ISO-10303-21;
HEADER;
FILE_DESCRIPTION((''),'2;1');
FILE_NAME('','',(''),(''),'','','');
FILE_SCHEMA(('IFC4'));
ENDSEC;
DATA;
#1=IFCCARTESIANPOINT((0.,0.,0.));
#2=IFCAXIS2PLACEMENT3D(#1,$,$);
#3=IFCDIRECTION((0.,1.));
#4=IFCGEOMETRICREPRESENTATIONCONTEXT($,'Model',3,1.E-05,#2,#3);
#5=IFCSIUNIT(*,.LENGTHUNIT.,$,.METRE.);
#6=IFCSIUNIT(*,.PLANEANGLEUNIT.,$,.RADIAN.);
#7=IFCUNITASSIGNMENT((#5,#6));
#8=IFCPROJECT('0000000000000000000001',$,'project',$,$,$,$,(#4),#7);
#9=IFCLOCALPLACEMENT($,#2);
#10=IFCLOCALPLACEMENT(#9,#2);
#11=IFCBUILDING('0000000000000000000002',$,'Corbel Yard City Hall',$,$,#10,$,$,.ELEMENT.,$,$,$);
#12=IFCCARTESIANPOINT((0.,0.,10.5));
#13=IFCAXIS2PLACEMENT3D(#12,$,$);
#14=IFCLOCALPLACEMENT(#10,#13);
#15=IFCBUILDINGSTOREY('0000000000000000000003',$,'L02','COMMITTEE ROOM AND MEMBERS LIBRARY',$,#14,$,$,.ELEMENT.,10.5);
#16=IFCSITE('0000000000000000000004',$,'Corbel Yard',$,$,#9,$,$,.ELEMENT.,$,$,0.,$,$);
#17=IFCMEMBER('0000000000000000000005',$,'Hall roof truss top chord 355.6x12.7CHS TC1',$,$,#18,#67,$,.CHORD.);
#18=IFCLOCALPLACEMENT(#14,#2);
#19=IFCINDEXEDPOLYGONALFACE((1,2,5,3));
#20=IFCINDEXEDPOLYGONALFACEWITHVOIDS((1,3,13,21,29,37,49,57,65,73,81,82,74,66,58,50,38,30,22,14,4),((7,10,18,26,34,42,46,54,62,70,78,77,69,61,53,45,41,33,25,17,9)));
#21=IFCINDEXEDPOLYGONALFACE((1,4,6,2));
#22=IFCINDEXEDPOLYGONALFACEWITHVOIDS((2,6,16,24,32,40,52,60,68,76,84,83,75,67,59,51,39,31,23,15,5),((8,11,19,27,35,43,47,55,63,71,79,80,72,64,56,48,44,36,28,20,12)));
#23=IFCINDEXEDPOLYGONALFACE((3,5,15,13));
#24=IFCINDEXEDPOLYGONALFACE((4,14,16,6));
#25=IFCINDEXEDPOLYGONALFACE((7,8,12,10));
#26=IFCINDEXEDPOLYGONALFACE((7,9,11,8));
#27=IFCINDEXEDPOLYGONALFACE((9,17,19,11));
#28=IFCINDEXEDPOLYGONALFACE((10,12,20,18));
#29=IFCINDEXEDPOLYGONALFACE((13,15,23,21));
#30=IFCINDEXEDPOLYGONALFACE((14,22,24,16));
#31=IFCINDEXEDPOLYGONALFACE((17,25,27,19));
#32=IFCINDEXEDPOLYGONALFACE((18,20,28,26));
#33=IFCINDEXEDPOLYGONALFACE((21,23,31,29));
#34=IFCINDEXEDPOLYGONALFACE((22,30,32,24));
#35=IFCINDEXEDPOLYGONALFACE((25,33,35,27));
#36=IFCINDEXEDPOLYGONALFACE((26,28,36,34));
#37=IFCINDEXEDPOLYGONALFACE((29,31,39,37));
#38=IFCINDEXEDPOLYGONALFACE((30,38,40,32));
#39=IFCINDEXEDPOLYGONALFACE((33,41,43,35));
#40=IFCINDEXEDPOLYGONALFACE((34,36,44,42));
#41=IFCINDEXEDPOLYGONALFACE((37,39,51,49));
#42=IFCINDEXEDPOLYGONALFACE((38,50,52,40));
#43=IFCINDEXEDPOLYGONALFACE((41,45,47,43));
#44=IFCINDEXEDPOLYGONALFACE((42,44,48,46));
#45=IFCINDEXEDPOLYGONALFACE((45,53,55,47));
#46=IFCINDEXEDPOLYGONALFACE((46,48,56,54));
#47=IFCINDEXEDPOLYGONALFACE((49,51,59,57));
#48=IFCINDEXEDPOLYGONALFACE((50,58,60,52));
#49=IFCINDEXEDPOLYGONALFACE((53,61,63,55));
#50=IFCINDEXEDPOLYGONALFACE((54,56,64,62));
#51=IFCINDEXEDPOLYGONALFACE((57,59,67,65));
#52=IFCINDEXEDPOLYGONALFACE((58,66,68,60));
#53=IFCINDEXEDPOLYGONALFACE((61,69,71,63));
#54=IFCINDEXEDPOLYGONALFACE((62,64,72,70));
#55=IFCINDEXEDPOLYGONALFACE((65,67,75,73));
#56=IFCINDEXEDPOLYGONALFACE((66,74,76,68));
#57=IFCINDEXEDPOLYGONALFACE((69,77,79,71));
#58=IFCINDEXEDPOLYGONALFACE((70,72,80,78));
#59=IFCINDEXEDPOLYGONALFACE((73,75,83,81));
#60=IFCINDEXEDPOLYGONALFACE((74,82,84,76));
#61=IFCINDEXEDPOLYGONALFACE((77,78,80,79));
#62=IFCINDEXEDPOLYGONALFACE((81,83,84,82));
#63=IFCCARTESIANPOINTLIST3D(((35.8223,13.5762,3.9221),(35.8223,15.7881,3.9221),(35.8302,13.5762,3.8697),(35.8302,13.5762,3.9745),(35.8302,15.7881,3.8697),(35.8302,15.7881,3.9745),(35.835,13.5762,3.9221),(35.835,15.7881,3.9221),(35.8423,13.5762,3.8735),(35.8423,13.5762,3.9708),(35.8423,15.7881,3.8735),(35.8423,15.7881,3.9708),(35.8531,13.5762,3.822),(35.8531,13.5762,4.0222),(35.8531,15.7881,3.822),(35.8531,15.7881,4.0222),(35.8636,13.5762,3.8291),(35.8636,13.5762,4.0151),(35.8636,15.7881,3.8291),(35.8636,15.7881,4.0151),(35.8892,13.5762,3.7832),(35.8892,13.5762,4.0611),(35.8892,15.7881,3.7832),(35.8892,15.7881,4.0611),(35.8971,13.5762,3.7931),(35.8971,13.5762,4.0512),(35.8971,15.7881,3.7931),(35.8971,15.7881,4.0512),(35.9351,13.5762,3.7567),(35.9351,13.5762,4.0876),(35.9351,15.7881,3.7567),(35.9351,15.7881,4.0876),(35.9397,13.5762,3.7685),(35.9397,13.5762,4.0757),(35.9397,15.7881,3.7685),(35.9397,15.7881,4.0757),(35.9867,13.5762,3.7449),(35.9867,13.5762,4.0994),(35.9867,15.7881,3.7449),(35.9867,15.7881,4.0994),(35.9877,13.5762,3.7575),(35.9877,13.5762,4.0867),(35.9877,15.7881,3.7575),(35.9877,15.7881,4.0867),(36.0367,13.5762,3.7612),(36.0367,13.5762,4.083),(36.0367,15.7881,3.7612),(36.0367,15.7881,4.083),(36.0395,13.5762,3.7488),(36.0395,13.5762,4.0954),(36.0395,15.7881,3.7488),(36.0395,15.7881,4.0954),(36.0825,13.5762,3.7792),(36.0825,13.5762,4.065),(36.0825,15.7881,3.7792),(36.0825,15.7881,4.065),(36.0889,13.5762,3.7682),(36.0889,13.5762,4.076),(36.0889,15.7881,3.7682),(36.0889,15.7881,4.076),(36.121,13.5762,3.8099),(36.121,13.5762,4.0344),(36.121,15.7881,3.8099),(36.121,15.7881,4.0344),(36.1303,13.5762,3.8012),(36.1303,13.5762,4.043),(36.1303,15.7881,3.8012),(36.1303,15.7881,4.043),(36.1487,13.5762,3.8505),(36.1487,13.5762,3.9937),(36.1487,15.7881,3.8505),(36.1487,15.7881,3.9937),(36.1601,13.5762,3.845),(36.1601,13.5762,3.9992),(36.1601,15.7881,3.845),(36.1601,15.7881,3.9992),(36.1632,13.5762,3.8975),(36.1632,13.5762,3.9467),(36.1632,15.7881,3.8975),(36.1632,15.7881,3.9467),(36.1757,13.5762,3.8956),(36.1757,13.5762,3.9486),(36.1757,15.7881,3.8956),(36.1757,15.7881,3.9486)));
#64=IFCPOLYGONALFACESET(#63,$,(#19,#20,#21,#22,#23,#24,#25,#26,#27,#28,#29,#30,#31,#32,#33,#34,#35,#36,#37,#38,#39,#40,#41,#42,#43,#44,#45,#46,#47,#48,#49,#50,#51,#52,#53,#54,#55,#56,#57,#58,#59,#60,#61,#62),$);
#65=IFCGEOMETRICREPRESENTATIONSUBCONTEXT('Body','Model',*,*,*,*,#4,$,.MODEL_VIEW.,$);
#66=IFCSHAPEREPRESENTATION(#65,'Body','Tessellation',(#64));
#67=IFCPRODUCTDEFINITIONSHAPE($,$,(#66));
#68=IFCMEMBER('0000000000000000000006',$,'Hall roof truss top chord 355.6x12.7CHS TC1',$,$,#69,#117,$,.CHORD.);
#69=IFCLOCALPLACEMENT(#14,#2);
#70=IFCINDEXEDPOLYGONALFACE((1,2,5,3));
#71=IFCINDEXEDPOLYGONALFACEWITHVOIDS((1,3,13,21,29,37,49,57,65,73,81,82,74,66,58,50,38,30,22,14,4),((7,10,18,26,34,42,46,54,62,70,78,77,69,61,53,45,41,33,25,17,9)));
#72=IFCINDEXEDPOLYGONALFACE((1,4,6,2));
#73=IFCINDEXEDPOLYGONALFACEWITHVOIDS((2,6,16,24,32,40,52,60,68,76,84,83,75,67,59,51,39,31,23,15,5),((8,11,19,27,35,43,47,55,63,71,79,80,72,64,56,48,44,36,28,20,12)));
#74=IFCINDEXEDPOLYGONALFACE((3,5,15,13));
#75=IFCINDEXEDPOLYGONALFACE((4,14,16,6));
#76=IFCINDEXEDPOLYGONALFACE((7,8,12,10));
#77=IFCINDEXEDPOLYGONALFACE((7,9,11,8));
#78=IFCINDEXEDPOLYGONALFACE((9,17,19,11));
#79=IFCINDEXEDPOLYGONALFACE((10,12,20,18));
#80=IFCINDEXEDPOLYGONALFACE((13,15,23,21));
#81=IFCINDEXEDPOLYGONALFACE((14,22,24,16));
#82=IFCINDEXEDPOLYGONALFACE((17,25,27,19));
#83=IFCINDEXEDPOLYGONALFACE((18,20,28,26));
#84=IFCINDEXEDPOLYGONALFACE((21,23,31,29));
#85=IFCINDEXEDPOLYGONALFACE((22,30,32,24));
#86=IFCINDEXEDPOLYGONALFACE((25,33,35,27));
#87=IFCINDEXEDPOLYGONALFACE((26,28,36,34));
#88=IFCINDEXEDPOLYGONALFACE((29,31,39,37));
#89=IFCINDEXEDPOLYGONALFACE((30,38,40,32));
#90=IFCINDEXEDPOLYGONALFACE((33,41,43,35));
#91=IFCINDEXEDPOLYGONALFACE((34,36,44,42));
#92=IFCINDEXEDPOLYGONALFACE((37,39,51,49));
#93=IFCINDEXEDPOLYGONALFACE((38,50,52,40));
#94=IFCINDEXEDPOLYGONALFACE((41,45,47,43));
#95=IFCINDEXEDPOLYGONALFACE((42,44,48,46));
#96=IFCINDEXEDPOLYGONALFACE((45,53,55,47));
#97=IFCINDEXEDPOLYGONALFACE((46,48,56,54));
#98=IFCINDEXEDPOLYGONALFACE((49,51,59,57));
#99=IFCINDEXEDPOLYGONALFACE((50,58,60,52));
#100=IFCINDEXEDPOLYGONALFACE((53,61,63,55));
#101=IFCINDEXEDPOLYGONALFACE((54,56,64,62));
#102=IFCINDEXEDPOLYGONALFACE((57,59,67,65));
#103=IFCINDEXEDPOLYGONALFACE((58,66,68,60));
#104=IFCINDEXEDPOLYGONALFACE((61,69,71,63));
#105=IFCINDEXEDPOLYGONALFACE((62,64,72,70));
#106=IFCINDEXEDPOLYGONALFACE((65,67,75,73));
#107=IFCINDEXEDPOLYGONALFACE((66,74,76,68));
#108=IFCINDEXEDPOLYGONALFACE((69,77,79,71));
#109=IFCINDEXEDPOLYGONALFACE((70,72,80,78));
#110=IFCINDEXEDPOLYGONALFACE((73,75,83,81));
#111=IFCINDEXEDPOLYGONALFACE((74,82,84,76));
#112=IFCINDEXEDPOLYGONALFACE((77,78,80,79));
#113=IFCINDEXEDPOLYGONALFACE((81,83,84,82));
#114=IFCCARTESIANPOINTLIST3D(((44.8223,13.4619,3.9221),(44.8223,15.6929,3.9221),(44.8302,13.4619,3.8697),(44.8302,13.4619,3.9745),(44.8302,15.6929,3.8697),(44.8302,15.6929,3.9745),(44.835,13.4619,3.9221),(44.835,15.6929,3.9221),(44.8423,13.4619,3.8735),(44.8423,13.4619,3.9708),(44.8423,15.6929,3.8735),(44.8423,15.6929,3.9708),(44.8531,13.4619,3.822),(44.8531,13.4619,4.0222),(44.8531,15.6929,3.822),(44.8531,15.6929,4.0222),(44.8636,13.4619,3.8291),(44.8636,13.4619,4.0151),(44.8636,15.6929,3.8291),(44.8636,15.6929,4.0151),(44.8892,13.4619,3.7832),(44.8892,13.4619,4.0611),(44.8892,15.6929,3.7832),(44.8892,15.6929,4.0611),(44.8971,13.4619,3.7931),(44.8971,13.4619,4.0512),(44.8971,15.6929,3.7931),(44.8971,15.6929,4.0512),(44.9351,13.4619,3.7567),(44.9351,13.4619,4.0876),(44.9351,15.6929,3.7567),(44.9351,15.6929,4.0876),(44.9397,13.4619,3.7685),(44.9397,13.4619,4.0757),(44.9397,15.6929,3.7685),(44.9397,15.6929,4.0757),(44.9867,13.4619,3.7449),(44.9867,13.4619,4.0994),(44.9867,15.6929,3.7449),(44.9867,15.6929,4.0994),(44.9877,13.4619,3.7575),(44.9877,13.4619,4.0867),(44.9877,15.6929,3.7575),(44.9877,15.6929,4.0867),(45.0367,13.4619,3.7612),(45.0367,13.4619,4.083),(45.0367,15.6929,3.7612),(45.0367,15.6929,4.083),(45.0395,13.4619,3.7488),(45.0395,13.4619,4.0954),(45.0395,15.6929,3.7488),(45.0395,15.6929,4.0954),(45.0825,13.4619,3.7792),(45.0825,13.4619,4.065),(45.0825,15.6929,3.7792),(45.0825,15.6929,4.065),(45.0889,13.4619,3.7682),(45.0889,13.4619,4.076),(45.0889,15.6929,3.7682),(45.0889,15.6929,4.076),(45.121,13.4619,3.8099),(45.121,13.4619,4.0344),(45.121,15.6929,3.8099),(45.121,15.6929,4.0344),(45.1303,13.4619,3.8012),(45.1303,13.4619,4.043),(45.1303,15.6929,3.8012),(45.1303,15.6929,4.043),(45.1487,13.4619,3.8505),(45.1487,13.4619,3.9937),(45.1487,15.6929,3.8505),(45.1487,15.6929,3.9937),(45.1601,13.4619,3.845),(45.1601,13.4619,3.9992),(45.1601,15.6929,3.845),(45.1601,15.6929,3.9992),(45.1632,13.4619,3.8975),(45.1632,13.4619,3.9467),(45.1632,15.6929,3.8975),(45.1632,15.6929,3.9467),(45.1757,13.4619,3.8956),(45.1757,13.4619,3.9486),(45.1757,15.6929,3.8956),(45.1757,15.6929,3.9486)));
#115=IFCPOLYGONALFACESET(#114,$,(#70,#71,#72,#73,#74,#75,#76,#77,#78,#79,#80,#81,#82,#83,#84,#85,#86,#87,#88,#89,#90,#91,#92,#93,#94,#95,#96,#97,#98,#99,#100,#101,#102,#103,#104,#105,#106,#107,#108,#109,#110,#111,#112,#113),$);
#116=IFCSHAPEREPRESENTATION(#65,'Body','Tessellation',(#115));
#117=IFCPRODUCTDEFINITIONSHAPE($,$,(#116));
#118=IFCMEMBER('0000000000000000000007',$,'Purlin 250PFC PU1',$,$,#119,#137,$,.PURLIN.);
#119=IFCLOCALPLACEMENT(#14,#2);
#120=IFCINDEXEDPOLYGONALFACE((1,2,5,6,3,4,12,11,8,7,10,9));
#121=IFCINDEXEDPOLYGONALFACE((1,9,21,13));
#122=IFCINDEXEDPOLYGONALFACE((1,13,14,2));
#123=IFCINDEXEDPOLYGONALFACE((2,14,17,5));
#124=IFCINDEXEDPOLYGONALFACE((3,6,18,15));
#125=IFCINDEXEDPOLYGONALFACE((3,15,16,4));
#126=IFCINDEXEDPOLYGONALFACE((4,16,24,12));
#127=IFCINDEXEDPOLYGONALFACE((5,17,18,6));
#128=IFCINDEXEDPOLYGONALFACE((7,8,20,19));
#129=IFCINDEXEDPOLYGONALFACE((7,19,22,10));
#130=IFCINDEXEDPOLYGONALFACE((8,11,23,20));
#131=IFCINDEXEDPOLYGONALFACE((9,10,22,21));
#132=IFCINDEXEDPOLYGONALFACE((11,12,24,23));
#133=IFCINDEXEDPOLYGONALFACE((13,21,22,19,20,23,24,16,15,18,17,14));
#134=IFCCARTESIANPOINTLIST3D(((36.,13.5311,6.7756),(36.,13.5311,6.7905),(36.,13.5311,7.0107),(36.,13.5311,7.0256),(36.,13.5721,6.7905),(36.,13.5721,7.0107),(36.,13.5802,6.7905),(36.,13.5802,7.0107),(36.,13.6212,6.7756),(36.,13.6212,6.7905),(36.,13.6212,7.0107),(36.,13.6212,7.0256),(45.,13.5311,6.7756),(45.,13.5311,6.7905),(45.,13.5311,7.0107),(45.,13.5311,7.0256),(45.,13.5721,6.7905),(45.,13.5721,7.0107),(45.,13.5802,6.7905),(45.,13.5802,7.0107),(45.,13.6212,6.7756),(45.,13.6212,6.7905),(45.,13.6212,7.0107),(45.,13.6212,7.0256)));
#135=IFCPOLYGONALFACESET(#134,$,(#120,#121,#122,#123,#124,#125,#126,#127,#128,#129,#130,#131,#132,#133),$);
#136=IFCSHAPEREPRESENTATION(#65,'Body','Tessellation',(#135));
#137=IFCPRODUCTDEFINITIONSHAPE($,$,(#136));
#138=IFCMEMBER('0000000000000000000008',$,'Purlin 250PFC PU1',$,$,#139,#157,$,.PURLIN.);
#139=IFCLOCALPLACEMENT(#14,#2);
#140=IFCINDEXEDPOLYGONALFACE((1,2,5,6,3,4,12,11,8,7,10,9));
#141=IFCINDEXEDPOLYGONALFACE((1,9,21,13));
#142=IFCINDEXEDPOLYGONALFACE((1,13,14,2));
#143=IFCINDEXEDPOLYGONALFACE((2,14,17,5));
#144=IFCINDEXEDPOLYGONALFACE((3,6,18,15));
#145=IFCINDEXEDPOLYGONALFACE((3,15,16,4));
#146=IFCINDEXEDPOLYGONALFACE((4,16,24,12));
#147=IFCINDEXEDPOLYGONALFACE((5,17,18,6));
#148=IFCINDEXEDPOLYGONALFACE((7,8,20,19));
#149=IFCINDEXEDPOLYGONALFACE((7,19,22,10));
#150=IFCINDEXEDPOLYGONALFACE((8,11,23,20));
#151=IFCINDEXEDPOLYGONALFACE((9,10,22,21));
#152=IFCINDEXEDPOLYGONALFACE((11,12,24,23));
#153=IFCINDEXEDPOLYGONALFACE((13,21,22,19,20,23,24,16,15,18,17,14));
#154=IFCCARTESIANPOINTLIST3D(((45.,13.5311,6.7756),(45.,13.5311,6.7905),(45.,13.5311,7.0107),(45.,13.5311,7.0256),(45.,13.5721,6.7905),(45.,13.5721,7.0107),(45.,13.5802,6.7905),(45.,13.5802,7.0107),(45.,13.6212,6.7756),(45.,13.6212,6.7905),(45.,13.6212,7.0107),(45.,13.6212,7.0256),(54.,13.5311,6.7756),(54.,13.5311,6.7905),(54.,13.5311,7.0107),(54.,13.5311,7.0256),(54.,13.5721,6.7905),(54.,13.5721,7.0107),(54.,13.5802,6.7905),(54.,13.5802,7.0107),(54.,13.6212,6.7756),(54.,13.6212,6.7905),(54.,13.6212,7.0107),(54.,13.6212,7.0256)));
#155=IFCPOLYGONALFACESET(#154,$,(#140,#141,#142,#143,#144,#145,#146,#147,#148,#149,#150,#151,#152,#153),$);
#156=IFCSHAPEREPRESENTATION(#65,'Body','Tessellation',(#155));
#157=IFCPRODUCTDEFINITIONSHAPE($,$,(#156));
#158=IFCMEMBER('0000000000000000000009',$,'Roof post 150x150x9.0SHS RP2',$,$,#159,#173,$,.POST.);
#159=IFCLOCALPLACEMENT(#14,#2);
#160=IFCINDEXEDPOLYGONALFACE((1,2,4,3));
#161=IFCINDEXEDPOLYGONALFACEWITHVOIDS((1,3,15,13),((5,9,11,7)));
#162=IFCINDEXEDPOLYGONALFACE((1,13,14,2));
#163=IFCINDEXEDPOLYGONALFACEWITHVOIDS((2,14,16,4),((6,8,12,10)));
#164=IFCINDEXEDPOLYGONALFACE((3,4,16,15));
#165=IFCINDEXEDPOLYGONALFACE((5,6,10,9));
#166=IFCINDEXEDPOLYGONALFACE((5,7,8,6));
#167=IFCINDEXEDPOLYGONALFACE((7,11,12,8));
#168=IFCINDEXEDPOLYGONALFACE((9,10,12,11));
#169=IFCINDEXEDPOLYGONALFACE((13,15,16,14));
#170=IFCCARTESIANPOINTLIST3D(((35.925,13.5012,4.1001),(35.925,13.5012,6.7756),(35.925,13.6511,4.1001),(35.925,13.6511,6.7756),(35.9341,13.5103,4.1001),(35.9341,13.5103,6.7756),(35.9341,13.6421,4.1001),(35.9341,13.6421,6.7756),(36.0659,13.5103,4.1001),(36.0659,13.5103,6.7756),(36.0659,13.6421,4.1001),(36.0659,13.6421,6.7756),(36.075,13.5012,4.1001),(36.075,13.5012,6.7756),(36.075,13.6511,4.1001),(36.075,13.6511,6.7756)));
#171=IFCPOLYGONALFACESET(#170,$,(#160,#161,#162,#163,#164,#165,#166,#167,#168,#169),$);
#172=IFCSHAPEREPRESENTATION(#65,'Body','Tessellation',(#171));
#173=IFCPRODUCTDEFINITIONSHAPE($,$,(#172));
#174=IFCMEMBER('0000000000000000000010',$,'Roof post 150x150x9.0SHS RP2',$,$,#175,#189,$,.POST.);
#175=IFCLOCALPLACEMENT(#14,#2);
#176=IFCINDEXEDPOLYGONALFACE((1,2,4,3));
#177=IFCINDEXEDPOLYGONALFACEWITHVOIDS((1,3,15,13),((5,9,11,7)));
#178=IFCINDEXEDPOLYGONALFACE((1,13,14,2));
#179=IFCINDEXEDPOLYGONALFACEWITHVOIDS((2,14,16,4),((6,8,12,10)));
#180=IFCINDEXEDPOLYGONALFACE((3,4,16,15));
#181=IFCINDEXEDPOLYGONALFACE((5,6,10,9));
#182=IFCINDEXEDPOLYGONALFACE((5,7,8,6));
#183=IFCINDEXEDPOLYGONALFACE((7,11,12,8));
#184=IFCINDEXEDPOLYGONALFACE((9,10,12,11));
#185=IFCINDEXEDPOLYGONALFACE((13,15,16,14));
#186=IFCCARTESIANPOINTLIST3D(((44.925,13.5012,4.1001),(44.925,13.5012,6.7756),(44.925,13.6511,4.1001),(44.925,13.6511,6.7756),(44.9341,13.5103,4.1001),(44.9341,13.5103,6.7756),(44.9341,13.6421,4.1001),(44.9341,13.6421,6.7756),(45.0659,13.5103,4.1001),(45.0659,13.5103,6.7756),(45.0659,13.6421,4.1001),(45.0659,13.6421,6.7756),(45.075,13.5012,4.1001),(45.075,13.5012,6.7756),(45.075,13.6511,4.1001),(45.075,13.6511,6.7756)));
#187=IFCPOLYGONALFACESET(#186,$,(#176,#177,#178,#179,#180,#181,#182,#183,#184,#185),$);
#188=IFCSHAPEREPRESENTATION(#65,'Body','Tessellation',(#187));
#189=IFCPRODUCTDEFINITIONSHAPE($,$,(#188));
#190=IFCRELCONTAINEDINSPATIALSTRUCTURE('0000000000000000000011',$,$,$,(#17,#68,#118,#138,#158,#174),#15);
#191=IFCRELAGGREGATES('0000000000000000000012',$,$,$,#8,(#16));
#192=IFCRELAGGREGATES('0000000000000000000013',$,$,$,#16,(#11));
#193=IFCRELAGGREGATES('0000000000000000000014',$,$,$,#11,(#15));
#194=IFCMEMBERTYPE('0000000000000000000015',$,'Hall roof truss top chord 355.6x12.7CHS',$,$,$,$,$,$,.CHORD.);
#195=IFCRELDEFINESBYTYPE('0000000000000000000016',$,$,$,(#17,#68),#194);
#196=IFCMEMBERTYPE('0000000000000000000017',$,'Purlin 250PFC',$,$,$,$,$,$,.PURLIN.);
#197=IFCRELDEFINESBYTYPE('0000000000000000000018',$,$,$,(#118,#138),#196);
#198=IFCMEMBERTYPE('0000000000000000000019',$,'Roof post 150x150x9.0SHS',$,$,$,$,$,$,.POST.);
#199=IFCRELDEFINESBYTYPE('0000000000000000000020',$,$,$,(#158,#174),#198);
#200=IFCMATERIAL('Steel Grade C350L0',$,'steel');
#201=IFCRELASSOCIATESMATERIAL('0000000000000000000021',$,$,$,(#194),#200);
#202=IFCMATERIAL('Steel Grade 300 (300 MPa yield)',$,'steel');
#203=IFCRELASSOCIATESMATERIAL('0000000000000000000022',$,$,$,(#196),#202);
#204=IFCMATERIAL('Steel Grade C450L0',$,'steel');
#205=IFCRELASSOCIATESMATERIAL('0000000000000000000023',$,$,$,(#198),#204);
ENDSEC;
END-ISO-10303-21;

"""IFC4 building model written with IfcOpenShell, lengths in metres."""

from ifc_helpers import new_model, si_unit, direction, frame, origin, origin_2d, place, context, subcontext, project, spatial, hollow_rectangle, hollow_circle, i_section, extrude, material, material_profile, profile_set, type_object, element, save


model = new_model("IFC4")

# Units and contexts
model_context = context("Model", 3, precision=1e-05, world=origin(), true_north=direction((0.0, 1.0)))
body_context = subcontext(model_context, "Body", "Model", "MODEL_VIEW")
ifc_project = project(units=[si_unit("LENGTHUNIT", "METRE"), si_unit("PLANEANGLEUNIT", "RADIAN")], contexts=[model_context])

# Site, building, storey
site_placement = place(None, origin())
site = spatial("IfcSite", under=ifc_project, at=site_placement, Name="Corbel Yard", CompositionType="ELEMENT", RefElevation=0.0)
building_placement = place(site_placement, origin())
building = spatial("IfcBuilding", under=site, at=building_placement, Name="Corbel Yard City Hall", CompositionType="ELEMENT")
storey_placement = place(building_placement, frame((0.0, 0.0, 10.5)))
storey = spatial("IfcBuildingStorey", under=building, at=storey_placement, Name="L02", Description="COMMITTEE ROOM AND MEMBERS LIBRARY", CompositionType="ELEMENT", Elevation=10.5)

# Shared definitions
ifc_material_1 = material(Name="Steel Grade 300 (300 MPa yield)", Category="steel")

# Members
ifc_material_2 = material(Name="Steel Grade C350L0", Category="steel")
ifc_material_profile_1 = material_profile(ifc_material_2, hollow_circle(Radius=0.1777, WallThickness=0.0127, at=origin_2d()), Name="355.6x12.7CHS")
ifc_profile_set_1 = profile_set([ifc_material_profile_1], Name="Steel Grade C350L0")
member_type_1 = type_object("IfcMemberType", Name="Hall roof truss top chord 355.6x12.7CHS", PredefinedType="CHORD", material=ifc_profile_set_1)
member_1_placement = place(storey_placement, frame((36.0, 13.5762, 3.9221), z_axis=(0.0, 1.0, 0.0), x_axis=(-1.0, 0.0, 0.0)))
element("IfcMember", 1, at=member_1_placement, inside=storey, type_object=member_type_1, Name="Hall roof truss top chord 355.6x12.7CHS TC1", PredefinedType="CHORD", context=body_context, shape_type="SweptSolid", body=[
    extrude(hollow_circle(Radius=0.1777, WallThickness=0.0127, at=origin_2d()), origin(), (0.0, 0.0, 1.0), 2.2119),
])
member_2_placement = place(storey_placement, frame((45.0, 13.4619, 3.9221), z_axis=(0.0, 1.0, 0.0), x_axis=(-1.0, 0.0, 0.0)))
element("IfcMember", 2, at=member_2_placement, inside=storey, type_object=member_type_1, Name="Hall roof truss top chord 355.6x12.7CHS TC1", PredefinedType="CHORD", context=body_context, shape_type="SweptSolid", body=[
    extrude(hollow_circle(Radius=0.1777, WallThickness=0.0127, at=origin_2d()), origin(), (0.0, 0.0, 1.0), 2.231),
])
ifc_material_profile_2 = material_profile(ifc_material_1, i_section(OverallWidth=0.0901, OverallDepth=0.25, WebThickness=0.0081, FlangeThickness=0.0149, at=origin_2d()), Name="250PFC")
ifc_profile_set_2 = profile_set([ifc_material_profile_2], Name="Steel Grade 300 (300 MPa yield)")
member_type_2 = type_object("IfcMemberType", Name="Purlin 250PFC", PredefinedType="PURLIN", material=ifc_profile_set_2)
for number, where, z_axis, x_axis, name in (
    (3, (36.0, 13.5762, 6.9006), (1.0, 0.0, 0.0), (0.0, 1.0, 0.0), "Purlin 250PFC PU1"),
    (4, (45.0, 13.5762, 6.9006), (1.0, 0.0, 0.0), (0.0, 1.0, 0.0), "Purlin 250PFC PU1"),
):
    element("IfcMember", number, at=place(storey_placement, frame(where, z_axis=z_axis, x_axis=x_axis)), inside=storey, type_object=member_type_2, Name=name, PredefinedType="PURLIN", context=body_context, shape_type="SweptSolid", body=[
        extrude(i_section(OverallWidth=0.0901, OverallDepth=0.25, WebThickness=0.0081, FlangeThickness=0.0149, at=origin_2d()), origin(), (0.0, 0.0, 1.0), 9.0),
    ])
ifc_material_3 = material(Name="Steel Grade C450L0", Category="steel")
ifc_material_profile_3 = material_profile(ifc_material_3, hollow_rectangle(XDim=0.1499, YDim=0.1499, WallThickness=0.009, at=origin_2d()), Name="150x150x9.0SHS")
ifc_profile_set_3 = profile_set([ifc_material_profile_3], Name="Steel Grade C450L0")
member_type_3 = type_object("IfcMemberType", Name="Roof post 150x150x9.0SHS", PredefinedType="POST", material=ifc_profile_set_3)
for number, where, z_axis, x_axis, name in (
    (5, (36.0, 13.5762, 4.1001), (0.0, 0.0, 1.0), (1.0, 0.0, 0.0), "Roof post 150x150x9.0SHS RP2"),
    (6, (45.0, 13.5762, 4.1001), (0.0, 0.0, 1.0), (1.0, 0.0, 0.0), "Roof post 150x150x9.0SHS RP2"),
):
    element("IfcMember", number, at=place(storey_placement, frame(where, z_axis=z_axis, x_axis=x_axis)), inside=storey, type_object=member_type_3, Name=name, PredefinedType="POST", context=body_context, shape_type="SweptSolid", body=[
        extrude(hollow_rectangle(XDim=0.1499, YDim=0.1499, WallThickness=0.009, at=origin_2d()), origin(), (0.0, 0.0, 1.0), 2.6755),
    ])

save(model, "model.ifc")
